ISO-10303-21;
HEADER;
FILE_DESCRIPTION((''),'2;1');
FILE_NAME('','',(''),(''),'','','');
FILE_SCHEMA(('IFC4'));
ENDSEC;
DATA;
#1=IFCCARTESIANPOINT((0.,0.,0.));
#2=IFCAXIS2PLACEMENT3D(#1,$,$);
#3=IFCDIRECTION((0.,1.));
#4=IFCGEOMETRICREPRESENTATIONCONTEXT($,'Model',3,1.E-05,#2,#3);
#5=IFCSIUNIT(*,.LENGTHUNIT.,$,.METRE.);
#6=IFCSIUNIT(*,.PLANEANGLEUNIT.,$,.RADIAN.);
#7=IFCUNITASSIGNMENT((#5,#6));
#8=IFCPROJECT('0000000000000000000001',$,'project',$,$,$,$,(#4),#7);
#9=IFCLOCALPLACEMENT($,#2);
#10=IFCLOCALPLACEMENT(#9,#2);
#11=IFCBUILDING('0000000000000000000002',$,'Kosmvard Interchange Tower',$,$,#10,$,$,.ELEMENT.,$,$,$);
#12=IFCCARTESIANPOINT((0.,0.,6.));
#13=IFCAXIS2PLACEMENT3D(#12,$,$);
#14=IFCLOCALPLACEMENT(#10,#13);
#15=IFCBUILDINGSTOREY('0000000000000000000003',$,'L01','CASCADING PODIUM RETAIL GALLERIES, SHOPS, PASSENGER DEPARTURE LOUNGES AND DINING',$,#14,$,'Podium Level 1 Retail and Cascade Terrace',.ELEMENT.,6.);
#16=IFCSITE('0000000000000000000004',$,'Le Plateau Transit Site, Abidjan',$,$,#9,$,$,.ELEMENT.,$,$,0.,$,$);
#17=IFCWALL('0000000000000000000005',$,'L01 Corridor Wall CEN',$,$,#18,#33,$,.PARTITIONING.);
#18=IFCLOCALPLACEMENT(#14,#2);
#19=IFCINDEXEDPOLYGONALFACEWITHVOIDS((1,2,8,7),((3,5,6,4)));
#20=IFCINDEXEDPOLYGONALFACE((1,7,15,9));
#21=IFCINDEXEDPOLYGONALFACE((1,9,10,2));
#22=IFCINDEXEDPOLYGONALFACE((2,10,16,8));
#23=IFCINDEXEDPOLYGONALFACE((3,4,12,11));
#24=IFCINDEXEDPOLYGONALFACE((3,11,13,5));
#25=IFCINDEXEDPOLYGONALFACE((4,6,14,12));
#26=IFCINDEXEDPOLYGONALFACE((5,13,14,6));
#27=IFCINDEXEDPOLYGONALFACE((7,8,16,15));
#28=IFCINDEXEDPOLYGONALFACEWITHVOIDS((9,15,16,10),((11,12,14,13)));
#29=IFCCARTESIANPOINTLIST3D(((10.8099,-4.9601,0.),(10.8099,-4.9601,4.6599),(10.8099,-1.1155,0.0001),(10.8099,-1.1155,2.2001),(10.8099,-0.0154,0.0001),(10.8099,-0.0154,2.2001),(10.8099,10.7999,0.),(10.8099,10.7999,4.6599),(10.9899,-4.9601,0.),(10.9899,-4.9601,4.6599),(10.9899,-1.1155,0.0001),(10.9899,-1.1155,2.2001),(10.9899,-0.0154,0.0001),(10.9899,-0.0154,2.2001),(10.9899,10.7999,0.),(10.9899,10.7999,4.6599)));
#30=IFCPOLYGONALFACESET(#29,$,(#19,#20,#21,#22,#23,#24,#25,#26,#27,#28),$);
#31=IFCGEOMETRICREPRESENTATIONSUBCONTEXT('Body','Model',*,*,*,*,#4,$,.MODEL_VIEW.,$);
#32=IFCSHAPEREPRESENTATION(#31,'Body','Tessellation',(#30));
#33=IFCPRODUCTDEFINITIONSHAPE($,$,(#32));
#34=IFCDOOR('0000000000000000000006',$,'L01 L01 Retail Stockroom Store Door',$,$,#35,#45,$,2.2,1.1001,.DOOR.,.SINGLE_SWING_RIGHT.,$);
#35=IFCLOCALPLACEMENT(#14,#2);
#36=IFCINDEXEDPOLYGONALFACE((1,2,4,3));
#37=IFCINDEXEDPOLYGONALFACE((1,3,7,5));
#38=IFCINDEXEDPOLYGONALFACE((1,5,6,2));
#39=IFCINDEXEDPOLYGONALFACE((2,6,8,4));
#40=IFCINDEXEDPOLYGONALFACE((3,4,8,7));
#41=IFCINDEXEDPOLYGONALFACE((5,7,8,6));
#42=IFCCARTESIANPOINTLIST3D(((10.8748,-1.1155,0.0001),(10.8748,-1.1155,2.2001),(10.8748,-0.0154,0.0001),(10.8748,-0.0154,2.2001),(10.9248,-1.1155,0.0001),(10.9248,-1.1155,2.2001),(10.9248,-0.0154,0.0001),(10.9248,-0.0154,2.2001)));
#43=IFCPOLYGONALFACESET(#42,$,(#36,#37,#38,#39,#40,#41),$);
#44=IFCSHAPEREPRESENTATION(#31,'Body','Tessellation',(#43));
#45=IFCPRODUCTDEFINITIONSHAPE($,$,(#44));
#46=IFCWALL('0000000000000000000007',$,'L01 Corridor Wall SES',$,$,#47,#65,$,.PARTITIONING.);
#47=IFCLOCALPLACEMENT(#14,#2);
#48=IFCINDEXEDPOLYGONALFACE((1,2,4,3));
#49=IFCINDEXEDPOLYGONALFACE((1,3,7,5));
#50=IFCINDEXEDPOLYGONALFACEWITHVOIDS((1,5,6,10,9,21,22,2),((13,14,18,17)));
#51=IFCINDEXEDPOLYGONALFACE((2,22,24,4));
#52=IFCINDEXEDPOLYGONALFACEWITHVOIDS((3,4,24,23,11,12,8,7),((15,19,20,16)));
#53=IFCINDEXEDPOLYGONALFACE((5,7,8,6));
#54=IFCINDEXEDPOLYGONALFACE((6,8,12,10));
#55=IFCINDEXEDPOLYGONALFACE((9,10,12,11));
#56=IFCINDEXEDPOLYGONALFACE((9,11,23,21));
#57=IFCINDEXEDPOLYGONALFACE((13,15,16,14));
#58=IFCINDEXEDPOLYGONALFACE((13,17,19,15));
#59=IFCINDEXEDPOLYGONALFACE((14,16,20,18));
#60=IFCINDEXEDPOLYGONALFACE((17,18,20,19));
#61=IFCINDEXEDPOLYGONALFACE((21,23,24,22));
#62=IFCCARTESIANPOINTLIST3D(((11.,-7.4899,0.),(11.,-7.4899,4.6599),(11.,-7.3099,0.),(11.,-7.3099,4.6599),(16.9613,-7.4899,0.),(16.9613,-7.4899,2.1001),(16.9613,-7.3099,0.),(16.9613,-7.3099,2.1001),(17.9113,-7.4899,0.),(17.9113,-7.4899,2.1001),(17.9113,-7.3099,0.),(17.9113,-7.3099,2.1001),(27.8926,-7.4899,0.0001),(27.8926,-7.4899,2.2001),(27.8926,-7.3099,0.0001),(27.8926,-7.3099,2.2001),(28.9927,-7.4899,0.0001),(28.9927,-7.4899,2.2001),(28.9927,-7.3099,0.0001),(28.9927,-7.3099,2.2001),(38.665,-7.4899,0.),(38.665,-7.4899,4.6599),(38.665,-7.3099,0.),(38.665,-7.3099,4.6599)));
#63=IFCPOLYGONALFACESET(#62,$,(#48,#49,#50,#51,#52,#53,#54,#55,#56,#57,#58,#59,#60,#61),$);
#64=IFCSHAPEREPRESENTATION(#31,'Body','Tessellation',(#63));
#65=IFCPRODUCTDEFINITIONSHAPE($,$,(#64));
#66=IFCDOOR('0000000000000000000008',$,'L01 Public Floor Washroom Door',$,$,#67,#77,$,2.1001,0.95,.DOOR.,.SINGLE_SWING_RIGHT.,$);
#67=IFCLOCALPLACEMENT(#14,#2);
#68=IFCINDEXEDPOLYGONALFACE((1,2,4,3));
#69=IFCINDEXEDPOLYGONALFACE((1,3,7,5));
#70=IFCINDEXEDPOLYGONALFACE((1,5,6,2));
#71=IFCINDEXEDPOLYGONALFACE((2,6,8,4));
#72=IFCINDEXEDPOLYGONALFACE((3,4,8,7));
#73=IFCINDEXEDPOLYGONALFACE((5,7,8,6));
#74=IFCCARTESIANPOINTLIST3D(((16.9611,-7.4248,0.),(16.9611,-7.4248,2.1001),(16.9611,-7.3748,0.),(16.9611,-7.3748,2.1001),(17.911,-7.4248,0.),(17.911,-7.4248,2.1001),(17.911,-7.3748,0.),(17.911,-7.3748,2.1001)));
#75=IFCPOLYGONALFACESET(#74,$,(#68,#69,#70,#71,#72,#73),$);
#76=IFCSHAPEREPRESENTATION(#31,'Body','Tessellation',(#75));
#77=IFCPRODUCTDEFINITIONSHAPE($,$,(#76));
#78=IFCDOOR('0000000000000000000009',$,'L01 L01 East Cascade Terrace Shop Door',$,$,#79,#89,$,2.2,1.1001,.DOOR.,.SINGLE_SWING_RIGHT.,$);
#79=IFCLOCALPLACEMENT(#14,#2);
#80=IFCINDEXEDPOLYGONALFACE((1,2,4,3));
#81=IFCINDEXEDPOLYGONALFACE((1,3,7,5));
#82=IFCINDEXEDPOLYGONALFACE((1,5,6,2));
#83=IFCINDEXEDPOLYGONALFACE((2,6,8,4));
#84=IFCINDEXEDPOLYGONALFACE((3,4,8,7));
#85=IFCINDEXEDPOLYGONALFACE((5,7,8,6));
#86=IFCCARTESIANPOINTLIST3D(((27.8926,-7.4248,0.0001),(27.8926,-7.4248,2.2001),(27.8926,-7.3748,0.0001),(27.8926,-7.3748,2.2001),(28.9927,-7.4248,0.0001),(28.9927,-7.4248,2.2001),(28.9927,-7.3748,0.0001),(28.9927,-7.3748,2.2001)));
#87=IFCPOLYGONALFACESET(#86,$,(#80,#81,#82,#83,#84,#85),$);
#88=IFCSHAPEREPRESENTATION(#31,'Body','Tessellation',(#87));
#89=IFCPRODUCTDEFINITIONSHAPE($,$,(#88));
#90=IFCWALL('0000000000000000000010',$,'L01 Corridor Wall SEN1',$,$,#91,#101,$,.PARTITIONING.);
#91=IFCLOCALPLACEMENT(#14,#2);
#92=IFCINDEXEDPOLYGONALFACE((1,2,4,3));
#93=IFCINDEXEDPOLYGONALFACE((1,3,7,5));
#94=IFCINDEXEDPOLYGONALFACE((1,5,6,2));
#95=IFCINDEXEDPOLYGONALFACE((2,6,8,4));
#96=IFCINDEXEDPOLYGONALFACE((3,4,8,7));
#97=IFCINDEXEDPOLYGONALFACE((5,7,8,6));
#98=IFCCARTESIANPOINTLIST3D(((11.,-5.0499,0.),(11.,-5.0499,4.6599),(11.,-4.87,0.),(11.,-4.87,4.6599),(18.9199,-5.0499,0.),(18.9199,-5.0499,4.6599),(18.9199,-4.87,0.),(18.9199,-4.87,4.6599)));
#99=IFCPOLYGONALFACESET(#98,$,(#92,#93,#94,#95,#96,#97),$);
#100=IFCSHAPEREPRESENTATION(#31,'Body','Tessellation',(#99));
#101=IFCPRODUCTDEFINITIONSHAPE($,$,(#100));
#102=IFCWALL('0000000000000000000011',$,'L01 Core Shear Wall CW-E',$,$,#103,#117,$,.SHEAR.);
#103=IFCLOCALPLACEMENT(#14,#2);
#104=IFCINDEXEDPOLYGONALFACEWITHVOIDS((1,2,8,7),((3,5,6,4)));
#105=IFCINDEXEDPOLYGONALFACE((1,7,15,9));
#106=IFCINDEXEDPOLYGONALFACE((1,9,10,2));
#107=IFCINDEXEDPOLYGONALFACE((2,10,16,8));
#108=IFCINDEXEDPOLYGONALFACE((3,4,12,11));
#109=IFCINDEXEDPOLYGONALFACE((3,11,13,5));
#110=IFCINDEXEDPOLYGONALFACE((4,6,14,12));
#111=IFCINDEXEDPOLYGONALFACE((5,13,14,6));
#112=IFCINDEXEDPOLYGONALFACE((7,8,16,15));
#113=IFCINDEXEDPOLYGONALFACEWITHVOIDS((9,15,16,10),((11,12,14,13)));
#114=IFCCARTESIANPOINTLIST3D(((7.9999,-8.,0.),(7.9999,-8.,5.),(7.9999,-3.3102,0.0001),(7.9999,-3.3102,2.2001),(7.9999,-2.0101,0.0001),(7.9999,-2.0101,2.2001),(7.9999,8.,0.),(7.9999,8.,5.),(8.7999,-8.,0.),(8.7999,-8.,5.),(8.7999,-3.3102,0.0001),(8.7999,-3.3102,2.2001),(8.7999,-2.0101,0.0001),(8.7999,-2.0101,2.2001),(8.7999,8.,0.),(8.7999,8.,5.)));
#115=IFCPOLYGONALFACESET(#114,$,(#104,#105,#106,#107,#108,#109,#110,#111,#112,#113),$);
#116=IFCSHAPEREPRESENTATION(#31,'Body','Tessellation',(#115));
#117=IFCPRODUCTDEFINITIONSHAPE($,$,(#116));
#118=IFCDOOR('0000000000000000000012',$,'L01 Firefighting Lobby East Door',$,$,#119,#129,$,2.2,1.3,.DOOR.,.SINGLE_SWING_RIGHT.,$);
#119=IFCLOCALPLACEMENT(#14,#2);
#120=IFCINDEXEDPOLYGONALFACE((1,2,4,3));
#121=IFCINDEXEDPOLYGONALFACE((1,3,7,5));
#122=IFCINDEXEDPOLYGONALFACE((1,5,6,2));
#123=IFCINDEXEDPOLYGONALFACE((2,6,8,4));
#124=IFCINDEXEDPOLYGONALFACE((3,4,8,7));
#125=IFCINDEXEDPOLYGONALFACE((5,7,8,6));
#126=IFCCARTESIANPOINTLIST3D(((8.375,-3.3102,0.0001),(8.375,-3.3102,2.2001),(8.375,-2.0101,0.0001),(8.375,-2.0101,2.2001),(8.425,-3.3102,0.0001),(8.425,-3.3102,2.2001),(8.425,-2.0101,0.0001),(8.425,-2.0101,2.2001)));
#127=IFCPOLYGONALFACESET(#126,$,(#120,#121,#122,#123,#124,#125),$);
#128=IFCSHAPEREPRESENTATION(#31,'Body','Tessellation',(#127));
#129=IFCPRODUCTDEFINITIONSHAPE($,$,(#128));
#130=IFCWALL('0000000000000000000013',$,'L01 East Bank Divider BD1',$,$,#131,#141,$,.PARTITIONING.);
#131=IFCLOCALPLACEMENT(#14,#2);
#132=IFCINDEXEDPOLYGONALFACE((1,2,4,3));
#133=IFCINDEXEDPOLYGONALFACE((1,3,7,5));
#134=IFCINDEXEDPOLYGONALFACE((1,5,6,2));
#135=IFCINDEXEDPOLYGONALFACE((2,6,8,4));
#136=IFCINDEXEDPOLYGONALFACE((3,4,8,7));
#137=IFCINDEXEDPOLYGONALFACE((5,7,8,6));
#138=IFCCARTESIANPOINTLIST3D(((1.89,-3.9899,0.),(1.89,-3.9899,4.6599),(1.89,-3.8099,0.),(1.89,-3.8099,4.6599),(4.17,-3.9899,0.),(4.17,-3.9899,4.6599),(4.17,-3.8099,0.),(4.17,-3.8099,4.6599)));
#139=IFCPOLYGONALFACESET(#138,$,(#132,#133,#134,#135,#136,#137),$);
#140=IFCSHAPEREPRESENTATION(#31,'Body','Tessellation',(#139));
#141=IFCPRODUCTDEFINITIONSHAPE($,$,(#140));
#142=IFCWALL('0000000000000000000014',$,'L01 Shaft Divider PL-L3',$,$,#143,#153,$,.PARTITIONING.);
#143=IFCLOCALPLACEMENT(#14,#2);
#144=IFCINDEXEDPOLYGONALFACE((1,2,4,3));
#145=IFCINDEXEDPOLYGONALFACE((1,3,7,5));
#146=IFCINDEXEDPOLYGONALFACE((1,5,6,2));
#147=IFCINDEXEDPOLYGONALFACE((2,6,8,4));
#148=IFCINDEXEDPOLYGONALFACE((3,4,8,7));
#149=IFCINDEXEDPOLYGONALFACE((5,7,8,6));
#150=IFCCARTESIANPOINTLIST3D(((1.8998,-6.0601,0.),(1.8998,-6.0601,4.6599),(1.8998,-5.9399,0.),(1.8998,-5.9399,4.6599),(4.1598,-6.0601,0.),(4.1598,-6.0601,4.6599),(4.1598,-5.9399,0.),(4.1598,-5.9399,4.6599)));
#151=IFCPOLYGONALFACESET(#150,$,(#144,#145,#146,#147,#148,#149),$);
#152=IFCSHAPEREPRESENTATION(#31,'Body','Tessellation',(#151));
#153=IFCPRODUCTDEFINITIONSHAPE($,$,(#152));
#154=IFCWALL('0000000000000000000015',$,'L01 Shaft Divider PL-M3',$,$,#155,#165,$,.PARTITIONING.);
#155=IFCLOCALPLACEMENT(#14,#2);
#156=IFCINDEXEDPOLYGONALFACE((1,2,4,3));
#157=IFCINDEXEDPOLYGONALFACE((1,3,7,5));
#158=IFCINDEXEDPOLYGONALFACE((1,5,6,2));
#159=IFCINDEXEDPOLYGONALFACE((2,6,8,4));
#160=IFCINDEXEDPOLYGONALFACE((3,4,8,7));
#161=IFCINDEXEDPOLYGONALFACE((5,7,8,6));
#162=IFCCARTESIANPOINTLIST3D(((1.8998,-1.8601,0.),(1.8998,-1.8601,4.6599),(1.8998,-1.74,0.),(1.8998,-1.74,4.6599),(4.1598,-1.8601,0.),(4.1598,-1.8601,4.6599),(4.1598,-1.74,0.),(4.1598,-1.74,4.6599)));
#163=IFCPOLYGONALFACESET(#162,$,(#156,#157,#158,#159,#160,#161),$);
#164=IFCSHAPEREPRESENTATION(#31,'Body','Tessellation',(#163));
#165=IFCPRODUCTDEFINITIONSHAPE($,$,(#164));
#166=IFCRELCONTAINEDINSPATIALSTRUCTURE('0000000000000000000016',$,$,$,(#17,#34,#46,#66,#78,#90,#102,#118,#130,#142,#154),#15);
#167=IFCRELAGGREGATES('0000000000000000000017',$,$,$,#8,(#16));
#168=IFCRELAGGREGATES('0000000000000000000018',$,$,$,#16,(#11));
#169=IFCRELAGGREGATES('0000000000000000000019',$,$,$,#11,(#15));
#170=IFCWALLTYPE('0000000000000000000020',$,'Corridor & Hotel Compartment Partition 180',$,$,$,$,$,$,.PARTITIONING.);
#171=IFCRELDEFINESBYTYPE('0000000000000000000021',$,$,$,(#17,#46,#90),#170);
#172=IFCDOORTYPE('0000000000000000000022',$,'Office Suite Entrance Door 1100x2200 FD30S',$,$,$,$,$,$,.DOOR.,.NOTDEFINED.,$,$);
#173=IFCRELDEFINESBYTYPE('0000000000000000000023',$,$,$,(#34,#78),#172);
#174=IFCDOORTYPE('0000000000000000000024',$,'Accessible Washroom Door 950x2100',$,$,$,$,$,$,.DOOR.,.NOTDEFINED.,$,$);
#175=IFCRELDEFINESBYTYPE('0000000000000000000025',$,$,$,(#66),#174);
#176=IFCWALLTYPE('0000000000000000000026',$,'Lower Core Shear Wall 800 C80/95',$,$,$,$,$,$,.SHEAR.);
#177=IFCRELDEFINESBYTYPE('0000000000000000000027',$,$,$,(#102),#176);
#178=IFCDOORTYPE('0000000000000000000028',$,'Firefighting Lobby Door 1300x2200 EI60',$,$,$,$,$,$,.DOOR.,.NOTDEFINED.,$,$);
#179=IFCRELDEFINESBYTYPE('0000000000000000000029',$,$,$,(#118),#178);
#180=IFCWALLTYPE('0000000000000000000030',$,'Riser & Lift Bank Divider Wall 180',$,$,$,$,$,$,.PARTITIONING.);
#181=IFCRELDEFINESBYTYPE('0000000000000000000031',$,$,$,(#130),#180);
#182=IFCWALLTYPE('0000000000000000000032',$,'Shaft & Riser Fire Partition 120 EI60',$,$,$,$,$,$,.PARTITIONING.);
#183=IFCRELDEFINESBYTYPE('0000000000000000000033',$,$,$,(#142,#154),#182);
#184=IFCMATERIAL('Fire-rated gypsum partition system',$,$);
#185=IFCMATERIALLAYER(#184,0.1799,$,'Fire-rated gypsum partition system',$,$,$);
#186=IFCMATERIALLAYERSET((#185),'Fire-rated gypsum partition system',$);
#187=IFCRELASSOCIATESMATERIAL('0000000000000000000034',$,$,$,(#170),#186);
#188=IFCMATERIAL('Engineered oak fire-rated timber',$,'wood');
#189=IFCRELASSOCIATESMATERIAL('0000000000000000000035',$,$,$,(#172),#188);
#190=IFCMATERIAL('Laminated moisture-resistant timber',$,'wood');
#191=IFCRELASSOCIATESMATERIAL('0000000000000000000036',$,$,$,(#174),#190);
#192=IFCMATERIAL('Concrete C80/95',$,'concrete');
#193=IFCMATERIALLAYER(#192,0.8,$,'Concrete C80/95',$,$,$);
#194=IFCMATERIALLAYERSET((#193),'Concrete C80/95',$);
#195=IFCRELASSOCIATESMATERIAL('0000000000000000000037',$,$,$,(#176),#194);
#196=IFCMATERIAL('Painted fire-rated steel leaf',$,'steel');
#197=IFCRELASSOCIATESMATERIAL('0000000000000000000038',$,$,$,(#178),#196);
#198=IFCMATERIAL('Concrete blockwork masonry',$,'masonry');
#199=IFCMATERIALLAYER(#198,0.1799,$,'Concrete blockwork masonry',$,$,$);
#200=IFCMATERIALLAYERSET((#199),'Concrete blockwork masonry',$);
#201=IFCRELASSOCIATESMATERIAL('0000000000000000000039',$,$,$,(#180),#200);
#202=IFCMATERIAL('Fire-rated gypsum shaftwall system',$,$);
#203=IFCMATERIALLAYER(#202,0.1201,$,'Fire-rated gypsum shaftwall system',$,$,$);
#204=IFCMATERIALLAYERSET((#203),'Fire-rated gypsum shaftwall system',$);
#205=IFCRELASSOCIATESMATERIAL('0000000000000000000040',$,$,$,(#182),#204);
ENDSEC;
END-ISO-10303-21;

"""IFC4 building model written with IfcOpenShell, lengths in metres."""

from ifc_helpers import new_model, si_unit, direction, frame, frame_2d, origin, place, context, subcontext, project, spatial, rectangle, extrude, source, transform, mapped, material, layer, layer_set, type_object, element, fill, save


model = new_model("IFC4")

# Units and contexts
model_context = context("Model", 3, precision=1e-05, world=origin(), true_north=direction((0.0, 1.0)))
body_context = subcontext(model_context, "Body", "Model", "MODEL_VIEW")
ifc_project = project(units=[si_unit("LENGTHUNIT", "METRE"), si_unit("PLANEANGLEUNIT", "RADIAN")], contexts=[model_context])

# Site, building, storey
site_placement = place(None, origin())
site = spatial("IfcSite", under=ifc_project, at=site_placement, Name="Le Plateau Transit Site, Abidjan", CompositionType="ELEMENT", RefElevation=0.0)
building_placement = place(site_placement, origin())
building = spatial("IfcBuilding", under=site, at=building_placement, Name="Kosmvard Interchange Tower", CompositionType="ELEMENT")
storey_placement = place(building_placement, frame((0.0, 0.0, 6.0)))
storey = spatial("IfcBuildingStorey", under=building, at=storey_placement, Name="L01", Description="CASCADING PODIUM RETAIL GALLERIES, SHOPS, PASSENGER DEPARTURE LOUNGES AND DINING", LongName="Podium Level 1 Retail and Cascade Terrace", CompositionType="ELEMENT", Elevation=6.0)

# Shared definitions
ifc_material_1 = material(Name="Concrete C80/95", Category="concrete")

# Shared definitions
ifc_material_2 = material(Name="Fire-rated gypsum partition system")
ifc_layer_1 = layer(ifc_material_2, 0.1799, Name="Fire-rated gypsum partition system")
ifc_layer_set_1 = layer_set([ifc_layer_1], Name="Fire-rated gypsum partition system")
wall_type_1 = type_object("IfcWallType", Name="Corridor & Hotel Compartment Partition 180", PredefinedType="PARTITIONING", material=ifc_layer_set_1)
shared_shape_1 = source(origin(), body_context, "Body", "SweptSolid", [
    extrude(rectangle(XDim=1.1001, YDim=2.2, at=frame_2d((0.55, 1.1001))), frame((0.0, 0.0249, 0.0), z_axis=(0.0, -1.0, 0.0), x_axis=(1.0, 0.0, 0.0)), (0.0, 0.0, 1.0), 0.05),
])

# Wall, opening, door
wall_1_placement = place(storey_placement, frame((10.8999, -4.96, 0.0), z_axis=(0.0, 0.0, 1.0), x_axis=(0.0, 1.0, 0.0)))
wall_1 = element("IfcWall", 1, at=wall_1_placement, inside=storey, type_object=wall_type_1, Name="L01 Corridor Wall CEN", PredefinedType="PARTITIONING", context=body_context, shape_type="SweptSolid", body=[
    extrude(rectangle(XDim=15.76, YDim=0.1799, at=frame_2d((7.8799, 0.0))), origin(), (0.0, 0.0, 1.0), 4.6599),
])
opening_1_placement = place(wall_1_placement, frame((3.8445, 0.0, 0.0)))
opening_1 = element("IfcOpeningElement", 2, at=opening_1_placement, cuts=wall_1, PredefinedType="OPENING", context=body_context, shape_type="SweptSolid", body=[
    extrude(rectangle(XDim=1.1001, YDim=2.2, at=frame_2d((0.55, 1.1001))), frame((0.0, 0.1001, 0.0), z_axis=(0.0, -1.0, 0.0), x_axis=(1.0, 0.0, 0.0)), (0.0, 0.0, 1.0), 0.2),
])
ifc_material_3 = material(Name="Engineered oak fire-rated timber", Category="wood")
door_type_1 = type_object("IfcDoorType", Name="Office Suite Entrance Door 1100x2200 FD30S", OperationType="NOTDEFINED", PredefinedType="DOOR", material=ifc_material_3)
door_1_placement = place(opening_1_placement, frame((1.1001, 0.0, 0.0), z_axis=(0.0, 0.0, 1.0), x_axis=(-1.0, 0.0, 0.0)))
door_1 = element("IfcDoor", 3, at=door_1_placement, inside=storey, type_object=door_type_1, Name="L01 L01 Retail Stockroom Store Door", OperationType="SINGLE_SWING_RIGHT", OverallHeight=2.2, OverallWidth=1.1001, PredefinedType="DOOR", context=body_context, shape_type="MappedRepresentation", body=[
    mapped(shared_shape_1, transform((0.0, 0.0, 0.0), scale=1.0)),
])
fill(opening_1, door_1)

# Wall, openings, doors
wall_2_placement = place(storey_placement, frame((11.0, -7.3999, 0.0), z_axis=(0.0, 0.0, 1.0), x_axis=(1.0, 0.0, 0.0)))
wall_2 = element("IfcWall", 4, at=wall_2_placement, inside=storey, type_object=wall_type_1, Name="L01 Corridor Wall SES", PredefinedType="PARTITIONING", context=body_context, shape_type="SweptSolid", body=[
    extrude(rectangle(XDim=27.665, YDim=0.1799, at=frame_2d((13.8325, 0.0))), origin(), (0.0, 0.0, 1.0), 4.6599),
])
opening_2_placement = place(wall_2_placement, frame((5.9612, 0.0, 0.0)))
opening_2 = element("IfcOpeningElement", 5, at=opening_2_placement, cuts=wall_2, PredefinedType="OPENING", context=body_context, shape_type="SweptSolid", body=[
    extrude(rectangle(XDim=0.95, YDim=2.1001, at=frame_2d((0.4751, 1.05))), frame((0.0, 0.1001, 0.0), z_axis=(0.0, -1.0, 0.0), x_axis=(1.0, 0.0, 0.0)), (0.0, 0.0, 1.0), 0.2),
])
opening_3_placement = place(wall_2_placement, frame((16.8926, 0.0, 0.0)))
opening_3 = element("IfcOpeningElement", 6, at=opening_3_placement, cuts=wall_2, PredefinedType="OPENING", context=body_context, shape_type="SweptSolid", body=[
    extrude(rectangle(XDim=1.1001, YDim=2.2, at=frame_2d((0.55, 1.1001))), frame((0.0, 0.1001, 0.0), z_axis=(0.0, -1.0, 0.0), x_axis=(1.0, 0.0, 0.0)), (0.0, 0.0, 1.0), 0.2),
])
ifc_material_4 = material(Name="Laminated moisture-resistant timber", Category="wood")
door_type_2 = type_object("IfcDoorType", Name="Accessible Washroom Door 950x2100", OperationType="NOTDEFINED", PredefinedType="DOOR", material=ifc_material_4)
shared_shape_2 = source(origin(), body_context, "Body", "SweptSolid", [
    extrude(rectangle(XDim=0.95, YDim=2.1001, at=frame_2d((0.4751, 1.05))), frame((0.0, 0.0249, 0.0), z_axis=(0.0, -1.0, 0.0), x_axis=(1.0, 0.0, 0.0)), (0.0, 0.0, 1.0), 0.05),
])
door_2_placement = place(opening_2_placement, frame((0.95, 0.0, 0.0), z_axis=(0.0, 0.0, 1.0), x_axis=(-1.0, 0.0, 0.0)))
door_2 = element("IfcDoor", 7, at=door_2_placement, inside=storey, type_object=door_type_2, Name="L01 Public Floor Washroom Door", OperationType="SINGLE_SWING_RIGHT", OverallHeight=2.1001, OverallWidth=0.95, PredefinedType="DOOR", context=body_context, shape_type="MappedRepresentation", body=[
    mapped(shared_shape_2, transform((0.0, 0.0, 0.0), scale=1.0)),
])
fill(opening_2, door_2)
door_3_placement = place(opening_3_placement, frame((1.1001, 0.0, 0.0), z_axis=(0.0, 0.0, 1.0), x_axis=(-1.0, 0.0, 0.0)))
door_3 = element("IfcDoor", 8, at=door_3_placement, inside=storey, type_object=door_type_1, Name="L01 L01 East Cascade Terrace Shop Door", OperationType="SINGLE_SWING_RIGHT", OverallHeight=2.2, OverallWidth=1.1001, PredefinedType="DOOR", context=body_context, shape_type="MappedRepresentation", body=[
    mapped(shared_shape_1, transform((0.0, 0.0, 0.0), scale=1.0)),
])
fill(opening_3, door_3)

# Wall
wall_3_placement = place(storey_placement, frame((11.0, -4.96, 0.0), z_axis=(0.0, 0.0, 1.0), x_axis=(1.0, 0.0, 0.0)))
element("IfcWall", 9, at=wall_3_placement, inside=storey, type_object=wall_type_1, Name="L01 Corridor Wall SEN1", PredefinedType="PARTITIONING", context=body_context, shape_type="SweptSolid", body=[
    extrude(rectangle(XDim=7.9199, YDim=0.1799, at=frame_2d((3.96, 0.0))), origin(), (0.0, 0.0, 1.0), 4.6599),
])

# Wall, opening, door
ifc_layer_2 = layer(ifc_material_1, 0.8, Name="Concrete C80/95")
ifc_layer_set_2 = layer_set([ifc_layer_2], Name="Concrete C80/95")
wall_type_2 = type_object("IfcWallType", Name="Lower Core Shear Wall 800 C80/95", PredefinedType="SHEAR", material=ifc_layer_set_2)
wall_4_placement = place(storey_placement, frame((8.3999, -8.0, 0.0), z_axis=(0.0, 0.0, 1.0), x_axis=(0.0, 1.0, 0.0)))
wall_4 = element("IfcWall", 10, at=wall_4_placement, inside=storey, type_object=wall_type_2, Name="L01 Core Shear Wall CW-E", PredefinedType="SHEAR", context=body_context, shape_type="SweptSolid", body=[
    extrude(rectangle(XDim=16.0, YDim=0.8, at=frame_2d((8.0, 0.0))), origin(), (0.0, 0.0, 1.0), 5.0),
])
opening_4_placement = place(wall_4_placement, frame((4.6899, 0.0, 0.0)))
opening_4 = element("IfcOpeningElement", 11, at=opening_4_placement, cuts=wall_4, PredefinedType="OPENING", context=body_context, shape_type="SweptSolid", body=[
    extrude(rectangle(XDim=1.3, YDim=2.2, at=frame_2d((0.6499, 1.1001))), frame((0.0, 0.4102, 0.0), z_axis=(0.0, -1.0, 0.0), x_axis=(1.0, 0.0, 0.0)), (0.0, 0.0, 1.0), 0.8201),
])
ifc_material_5 = material(Name="Painted fire-rated steel leaf", Category="steel")
door_type_3 = type_object("IfcDoorType", Name="Firefighting Lobby Door 1300x2200 EI60", OperationType="NOTDEFINED", PredefinedType="DOOR", material=ifc_material_5)
shared_shape_3 = source(origin(), body_context, "Body", "SweptSolid", [
    extrude(rectangle(XDim=1.3, YDim=2.2, at=frame_2d((0.6499, 1.1001))), frame((0.0, 0.0249, 0.0), z_axis=(0.0, -1.0, 0.0), x_axis=(1.0, 0.0, 0.0)), (0.0, 0.0, 1.0), 0.05),
])
door_4_placement = place(opening_4_placement, origin())
door_4 = element("IfcDoor", 12, at=door_4_placement, inside=storey, type_object=door_type_3, Name="L01 Firefighting Lobby East Door", OperationType="SINGLE_SWING_RIGHT", OverallHeight=2.2, OverallWidth=1.3, PredefinedType="DOOR", context=body_context, shape_type="MappedRepresentation", body=[
    mapped(shared_shape_3, transform((0.0, 0.0, 0.0), scale=1.0)),
])
fill(opening_4, door_4)

# Walls
ifc_material_6 = material(Name="Concrete blockwork masonry", Category="masonry")
ifc_layer_3 = layer(ifc_material_6, 0.1799, Name="Concrete blockwork masonry")
ifc_layer_set_3 = layer_set([ifc_layer_3], Name="Concrete blockwork masonry")
wall_type_3 = type_object("IfcWallType", Name="Riser & Lift Bank Divider Wall 180", PredefinedType="PARTITIONING", material=ifc_layer_set_3)
wall_5_placement = place(storey_placement, frame((1.8899, -3.8999, 0.0), z_axis=(0.0, 0.0, 1.0), x_axis=(1.0, 0.0, 0.0)))
element("IfcWall", 13, at=wall_5_placement, inside=storey, type_object=wall_type_3, Name="L01 East Bank Divider BD1", PredefinedType="PARTITIONING", context=body_context, shape_type="SweptSolid", body=[
    extrude(rectangle(XDim=2.28, YDim=0.1799, at=frame_2d((1.1401, 0.0))), origin(), (0.0, 0.0, 1.0), 4.6599),
])
ifc_material_7 = material(Name="Fire-rated gypsum shaftwall system")
ifc_layer_4 = layer(ifc_material_7, 0.1201, Name="Fire-rated gypsum shaftwall system")
ifc_layer_set_4 = layer_set([ifc_layer_4], Name="Fire-rated gypsum shaftwall system")
wall_type_4 = type_object("IfcWallType", Name="Shaft & Riser Fire Partition 120 EI60", PredefinedType="PARTITIONING", material=ifc_layer_set_4)
for number, where, z_axis, x_axis, name in (
    (14, (1.8999, -6.0, 0.0), (0.0, 0.0, 1.0), (1.0, 0.0, 0.0), "L01 Shaft Divider PL-L3"),
    (15, (1.8999, -1.8, 0.0), (0.0, 0.0, 1.0), (1.0, 0.0, 0.0), "L01 Shaft Divider PL-M3"),
):
    element("IfcWall", number, at=place(storey_placement, frame(where, z_axis=z_axis, x_axis=x_axis)), inside=storey, type_object=wall_type_4, Name=name, PredefinedType="PARTITIONING", context=body_context, shape_type="SweptSolid", body=[
        extrude(rectangle(XDim=2.26, YDim=0.1201, at=frame_2d((1.1299, 0.0))), origin(), (0.0, 0.0, 1.0), 4.6599),
    ])

save(model, "model.ifc")
